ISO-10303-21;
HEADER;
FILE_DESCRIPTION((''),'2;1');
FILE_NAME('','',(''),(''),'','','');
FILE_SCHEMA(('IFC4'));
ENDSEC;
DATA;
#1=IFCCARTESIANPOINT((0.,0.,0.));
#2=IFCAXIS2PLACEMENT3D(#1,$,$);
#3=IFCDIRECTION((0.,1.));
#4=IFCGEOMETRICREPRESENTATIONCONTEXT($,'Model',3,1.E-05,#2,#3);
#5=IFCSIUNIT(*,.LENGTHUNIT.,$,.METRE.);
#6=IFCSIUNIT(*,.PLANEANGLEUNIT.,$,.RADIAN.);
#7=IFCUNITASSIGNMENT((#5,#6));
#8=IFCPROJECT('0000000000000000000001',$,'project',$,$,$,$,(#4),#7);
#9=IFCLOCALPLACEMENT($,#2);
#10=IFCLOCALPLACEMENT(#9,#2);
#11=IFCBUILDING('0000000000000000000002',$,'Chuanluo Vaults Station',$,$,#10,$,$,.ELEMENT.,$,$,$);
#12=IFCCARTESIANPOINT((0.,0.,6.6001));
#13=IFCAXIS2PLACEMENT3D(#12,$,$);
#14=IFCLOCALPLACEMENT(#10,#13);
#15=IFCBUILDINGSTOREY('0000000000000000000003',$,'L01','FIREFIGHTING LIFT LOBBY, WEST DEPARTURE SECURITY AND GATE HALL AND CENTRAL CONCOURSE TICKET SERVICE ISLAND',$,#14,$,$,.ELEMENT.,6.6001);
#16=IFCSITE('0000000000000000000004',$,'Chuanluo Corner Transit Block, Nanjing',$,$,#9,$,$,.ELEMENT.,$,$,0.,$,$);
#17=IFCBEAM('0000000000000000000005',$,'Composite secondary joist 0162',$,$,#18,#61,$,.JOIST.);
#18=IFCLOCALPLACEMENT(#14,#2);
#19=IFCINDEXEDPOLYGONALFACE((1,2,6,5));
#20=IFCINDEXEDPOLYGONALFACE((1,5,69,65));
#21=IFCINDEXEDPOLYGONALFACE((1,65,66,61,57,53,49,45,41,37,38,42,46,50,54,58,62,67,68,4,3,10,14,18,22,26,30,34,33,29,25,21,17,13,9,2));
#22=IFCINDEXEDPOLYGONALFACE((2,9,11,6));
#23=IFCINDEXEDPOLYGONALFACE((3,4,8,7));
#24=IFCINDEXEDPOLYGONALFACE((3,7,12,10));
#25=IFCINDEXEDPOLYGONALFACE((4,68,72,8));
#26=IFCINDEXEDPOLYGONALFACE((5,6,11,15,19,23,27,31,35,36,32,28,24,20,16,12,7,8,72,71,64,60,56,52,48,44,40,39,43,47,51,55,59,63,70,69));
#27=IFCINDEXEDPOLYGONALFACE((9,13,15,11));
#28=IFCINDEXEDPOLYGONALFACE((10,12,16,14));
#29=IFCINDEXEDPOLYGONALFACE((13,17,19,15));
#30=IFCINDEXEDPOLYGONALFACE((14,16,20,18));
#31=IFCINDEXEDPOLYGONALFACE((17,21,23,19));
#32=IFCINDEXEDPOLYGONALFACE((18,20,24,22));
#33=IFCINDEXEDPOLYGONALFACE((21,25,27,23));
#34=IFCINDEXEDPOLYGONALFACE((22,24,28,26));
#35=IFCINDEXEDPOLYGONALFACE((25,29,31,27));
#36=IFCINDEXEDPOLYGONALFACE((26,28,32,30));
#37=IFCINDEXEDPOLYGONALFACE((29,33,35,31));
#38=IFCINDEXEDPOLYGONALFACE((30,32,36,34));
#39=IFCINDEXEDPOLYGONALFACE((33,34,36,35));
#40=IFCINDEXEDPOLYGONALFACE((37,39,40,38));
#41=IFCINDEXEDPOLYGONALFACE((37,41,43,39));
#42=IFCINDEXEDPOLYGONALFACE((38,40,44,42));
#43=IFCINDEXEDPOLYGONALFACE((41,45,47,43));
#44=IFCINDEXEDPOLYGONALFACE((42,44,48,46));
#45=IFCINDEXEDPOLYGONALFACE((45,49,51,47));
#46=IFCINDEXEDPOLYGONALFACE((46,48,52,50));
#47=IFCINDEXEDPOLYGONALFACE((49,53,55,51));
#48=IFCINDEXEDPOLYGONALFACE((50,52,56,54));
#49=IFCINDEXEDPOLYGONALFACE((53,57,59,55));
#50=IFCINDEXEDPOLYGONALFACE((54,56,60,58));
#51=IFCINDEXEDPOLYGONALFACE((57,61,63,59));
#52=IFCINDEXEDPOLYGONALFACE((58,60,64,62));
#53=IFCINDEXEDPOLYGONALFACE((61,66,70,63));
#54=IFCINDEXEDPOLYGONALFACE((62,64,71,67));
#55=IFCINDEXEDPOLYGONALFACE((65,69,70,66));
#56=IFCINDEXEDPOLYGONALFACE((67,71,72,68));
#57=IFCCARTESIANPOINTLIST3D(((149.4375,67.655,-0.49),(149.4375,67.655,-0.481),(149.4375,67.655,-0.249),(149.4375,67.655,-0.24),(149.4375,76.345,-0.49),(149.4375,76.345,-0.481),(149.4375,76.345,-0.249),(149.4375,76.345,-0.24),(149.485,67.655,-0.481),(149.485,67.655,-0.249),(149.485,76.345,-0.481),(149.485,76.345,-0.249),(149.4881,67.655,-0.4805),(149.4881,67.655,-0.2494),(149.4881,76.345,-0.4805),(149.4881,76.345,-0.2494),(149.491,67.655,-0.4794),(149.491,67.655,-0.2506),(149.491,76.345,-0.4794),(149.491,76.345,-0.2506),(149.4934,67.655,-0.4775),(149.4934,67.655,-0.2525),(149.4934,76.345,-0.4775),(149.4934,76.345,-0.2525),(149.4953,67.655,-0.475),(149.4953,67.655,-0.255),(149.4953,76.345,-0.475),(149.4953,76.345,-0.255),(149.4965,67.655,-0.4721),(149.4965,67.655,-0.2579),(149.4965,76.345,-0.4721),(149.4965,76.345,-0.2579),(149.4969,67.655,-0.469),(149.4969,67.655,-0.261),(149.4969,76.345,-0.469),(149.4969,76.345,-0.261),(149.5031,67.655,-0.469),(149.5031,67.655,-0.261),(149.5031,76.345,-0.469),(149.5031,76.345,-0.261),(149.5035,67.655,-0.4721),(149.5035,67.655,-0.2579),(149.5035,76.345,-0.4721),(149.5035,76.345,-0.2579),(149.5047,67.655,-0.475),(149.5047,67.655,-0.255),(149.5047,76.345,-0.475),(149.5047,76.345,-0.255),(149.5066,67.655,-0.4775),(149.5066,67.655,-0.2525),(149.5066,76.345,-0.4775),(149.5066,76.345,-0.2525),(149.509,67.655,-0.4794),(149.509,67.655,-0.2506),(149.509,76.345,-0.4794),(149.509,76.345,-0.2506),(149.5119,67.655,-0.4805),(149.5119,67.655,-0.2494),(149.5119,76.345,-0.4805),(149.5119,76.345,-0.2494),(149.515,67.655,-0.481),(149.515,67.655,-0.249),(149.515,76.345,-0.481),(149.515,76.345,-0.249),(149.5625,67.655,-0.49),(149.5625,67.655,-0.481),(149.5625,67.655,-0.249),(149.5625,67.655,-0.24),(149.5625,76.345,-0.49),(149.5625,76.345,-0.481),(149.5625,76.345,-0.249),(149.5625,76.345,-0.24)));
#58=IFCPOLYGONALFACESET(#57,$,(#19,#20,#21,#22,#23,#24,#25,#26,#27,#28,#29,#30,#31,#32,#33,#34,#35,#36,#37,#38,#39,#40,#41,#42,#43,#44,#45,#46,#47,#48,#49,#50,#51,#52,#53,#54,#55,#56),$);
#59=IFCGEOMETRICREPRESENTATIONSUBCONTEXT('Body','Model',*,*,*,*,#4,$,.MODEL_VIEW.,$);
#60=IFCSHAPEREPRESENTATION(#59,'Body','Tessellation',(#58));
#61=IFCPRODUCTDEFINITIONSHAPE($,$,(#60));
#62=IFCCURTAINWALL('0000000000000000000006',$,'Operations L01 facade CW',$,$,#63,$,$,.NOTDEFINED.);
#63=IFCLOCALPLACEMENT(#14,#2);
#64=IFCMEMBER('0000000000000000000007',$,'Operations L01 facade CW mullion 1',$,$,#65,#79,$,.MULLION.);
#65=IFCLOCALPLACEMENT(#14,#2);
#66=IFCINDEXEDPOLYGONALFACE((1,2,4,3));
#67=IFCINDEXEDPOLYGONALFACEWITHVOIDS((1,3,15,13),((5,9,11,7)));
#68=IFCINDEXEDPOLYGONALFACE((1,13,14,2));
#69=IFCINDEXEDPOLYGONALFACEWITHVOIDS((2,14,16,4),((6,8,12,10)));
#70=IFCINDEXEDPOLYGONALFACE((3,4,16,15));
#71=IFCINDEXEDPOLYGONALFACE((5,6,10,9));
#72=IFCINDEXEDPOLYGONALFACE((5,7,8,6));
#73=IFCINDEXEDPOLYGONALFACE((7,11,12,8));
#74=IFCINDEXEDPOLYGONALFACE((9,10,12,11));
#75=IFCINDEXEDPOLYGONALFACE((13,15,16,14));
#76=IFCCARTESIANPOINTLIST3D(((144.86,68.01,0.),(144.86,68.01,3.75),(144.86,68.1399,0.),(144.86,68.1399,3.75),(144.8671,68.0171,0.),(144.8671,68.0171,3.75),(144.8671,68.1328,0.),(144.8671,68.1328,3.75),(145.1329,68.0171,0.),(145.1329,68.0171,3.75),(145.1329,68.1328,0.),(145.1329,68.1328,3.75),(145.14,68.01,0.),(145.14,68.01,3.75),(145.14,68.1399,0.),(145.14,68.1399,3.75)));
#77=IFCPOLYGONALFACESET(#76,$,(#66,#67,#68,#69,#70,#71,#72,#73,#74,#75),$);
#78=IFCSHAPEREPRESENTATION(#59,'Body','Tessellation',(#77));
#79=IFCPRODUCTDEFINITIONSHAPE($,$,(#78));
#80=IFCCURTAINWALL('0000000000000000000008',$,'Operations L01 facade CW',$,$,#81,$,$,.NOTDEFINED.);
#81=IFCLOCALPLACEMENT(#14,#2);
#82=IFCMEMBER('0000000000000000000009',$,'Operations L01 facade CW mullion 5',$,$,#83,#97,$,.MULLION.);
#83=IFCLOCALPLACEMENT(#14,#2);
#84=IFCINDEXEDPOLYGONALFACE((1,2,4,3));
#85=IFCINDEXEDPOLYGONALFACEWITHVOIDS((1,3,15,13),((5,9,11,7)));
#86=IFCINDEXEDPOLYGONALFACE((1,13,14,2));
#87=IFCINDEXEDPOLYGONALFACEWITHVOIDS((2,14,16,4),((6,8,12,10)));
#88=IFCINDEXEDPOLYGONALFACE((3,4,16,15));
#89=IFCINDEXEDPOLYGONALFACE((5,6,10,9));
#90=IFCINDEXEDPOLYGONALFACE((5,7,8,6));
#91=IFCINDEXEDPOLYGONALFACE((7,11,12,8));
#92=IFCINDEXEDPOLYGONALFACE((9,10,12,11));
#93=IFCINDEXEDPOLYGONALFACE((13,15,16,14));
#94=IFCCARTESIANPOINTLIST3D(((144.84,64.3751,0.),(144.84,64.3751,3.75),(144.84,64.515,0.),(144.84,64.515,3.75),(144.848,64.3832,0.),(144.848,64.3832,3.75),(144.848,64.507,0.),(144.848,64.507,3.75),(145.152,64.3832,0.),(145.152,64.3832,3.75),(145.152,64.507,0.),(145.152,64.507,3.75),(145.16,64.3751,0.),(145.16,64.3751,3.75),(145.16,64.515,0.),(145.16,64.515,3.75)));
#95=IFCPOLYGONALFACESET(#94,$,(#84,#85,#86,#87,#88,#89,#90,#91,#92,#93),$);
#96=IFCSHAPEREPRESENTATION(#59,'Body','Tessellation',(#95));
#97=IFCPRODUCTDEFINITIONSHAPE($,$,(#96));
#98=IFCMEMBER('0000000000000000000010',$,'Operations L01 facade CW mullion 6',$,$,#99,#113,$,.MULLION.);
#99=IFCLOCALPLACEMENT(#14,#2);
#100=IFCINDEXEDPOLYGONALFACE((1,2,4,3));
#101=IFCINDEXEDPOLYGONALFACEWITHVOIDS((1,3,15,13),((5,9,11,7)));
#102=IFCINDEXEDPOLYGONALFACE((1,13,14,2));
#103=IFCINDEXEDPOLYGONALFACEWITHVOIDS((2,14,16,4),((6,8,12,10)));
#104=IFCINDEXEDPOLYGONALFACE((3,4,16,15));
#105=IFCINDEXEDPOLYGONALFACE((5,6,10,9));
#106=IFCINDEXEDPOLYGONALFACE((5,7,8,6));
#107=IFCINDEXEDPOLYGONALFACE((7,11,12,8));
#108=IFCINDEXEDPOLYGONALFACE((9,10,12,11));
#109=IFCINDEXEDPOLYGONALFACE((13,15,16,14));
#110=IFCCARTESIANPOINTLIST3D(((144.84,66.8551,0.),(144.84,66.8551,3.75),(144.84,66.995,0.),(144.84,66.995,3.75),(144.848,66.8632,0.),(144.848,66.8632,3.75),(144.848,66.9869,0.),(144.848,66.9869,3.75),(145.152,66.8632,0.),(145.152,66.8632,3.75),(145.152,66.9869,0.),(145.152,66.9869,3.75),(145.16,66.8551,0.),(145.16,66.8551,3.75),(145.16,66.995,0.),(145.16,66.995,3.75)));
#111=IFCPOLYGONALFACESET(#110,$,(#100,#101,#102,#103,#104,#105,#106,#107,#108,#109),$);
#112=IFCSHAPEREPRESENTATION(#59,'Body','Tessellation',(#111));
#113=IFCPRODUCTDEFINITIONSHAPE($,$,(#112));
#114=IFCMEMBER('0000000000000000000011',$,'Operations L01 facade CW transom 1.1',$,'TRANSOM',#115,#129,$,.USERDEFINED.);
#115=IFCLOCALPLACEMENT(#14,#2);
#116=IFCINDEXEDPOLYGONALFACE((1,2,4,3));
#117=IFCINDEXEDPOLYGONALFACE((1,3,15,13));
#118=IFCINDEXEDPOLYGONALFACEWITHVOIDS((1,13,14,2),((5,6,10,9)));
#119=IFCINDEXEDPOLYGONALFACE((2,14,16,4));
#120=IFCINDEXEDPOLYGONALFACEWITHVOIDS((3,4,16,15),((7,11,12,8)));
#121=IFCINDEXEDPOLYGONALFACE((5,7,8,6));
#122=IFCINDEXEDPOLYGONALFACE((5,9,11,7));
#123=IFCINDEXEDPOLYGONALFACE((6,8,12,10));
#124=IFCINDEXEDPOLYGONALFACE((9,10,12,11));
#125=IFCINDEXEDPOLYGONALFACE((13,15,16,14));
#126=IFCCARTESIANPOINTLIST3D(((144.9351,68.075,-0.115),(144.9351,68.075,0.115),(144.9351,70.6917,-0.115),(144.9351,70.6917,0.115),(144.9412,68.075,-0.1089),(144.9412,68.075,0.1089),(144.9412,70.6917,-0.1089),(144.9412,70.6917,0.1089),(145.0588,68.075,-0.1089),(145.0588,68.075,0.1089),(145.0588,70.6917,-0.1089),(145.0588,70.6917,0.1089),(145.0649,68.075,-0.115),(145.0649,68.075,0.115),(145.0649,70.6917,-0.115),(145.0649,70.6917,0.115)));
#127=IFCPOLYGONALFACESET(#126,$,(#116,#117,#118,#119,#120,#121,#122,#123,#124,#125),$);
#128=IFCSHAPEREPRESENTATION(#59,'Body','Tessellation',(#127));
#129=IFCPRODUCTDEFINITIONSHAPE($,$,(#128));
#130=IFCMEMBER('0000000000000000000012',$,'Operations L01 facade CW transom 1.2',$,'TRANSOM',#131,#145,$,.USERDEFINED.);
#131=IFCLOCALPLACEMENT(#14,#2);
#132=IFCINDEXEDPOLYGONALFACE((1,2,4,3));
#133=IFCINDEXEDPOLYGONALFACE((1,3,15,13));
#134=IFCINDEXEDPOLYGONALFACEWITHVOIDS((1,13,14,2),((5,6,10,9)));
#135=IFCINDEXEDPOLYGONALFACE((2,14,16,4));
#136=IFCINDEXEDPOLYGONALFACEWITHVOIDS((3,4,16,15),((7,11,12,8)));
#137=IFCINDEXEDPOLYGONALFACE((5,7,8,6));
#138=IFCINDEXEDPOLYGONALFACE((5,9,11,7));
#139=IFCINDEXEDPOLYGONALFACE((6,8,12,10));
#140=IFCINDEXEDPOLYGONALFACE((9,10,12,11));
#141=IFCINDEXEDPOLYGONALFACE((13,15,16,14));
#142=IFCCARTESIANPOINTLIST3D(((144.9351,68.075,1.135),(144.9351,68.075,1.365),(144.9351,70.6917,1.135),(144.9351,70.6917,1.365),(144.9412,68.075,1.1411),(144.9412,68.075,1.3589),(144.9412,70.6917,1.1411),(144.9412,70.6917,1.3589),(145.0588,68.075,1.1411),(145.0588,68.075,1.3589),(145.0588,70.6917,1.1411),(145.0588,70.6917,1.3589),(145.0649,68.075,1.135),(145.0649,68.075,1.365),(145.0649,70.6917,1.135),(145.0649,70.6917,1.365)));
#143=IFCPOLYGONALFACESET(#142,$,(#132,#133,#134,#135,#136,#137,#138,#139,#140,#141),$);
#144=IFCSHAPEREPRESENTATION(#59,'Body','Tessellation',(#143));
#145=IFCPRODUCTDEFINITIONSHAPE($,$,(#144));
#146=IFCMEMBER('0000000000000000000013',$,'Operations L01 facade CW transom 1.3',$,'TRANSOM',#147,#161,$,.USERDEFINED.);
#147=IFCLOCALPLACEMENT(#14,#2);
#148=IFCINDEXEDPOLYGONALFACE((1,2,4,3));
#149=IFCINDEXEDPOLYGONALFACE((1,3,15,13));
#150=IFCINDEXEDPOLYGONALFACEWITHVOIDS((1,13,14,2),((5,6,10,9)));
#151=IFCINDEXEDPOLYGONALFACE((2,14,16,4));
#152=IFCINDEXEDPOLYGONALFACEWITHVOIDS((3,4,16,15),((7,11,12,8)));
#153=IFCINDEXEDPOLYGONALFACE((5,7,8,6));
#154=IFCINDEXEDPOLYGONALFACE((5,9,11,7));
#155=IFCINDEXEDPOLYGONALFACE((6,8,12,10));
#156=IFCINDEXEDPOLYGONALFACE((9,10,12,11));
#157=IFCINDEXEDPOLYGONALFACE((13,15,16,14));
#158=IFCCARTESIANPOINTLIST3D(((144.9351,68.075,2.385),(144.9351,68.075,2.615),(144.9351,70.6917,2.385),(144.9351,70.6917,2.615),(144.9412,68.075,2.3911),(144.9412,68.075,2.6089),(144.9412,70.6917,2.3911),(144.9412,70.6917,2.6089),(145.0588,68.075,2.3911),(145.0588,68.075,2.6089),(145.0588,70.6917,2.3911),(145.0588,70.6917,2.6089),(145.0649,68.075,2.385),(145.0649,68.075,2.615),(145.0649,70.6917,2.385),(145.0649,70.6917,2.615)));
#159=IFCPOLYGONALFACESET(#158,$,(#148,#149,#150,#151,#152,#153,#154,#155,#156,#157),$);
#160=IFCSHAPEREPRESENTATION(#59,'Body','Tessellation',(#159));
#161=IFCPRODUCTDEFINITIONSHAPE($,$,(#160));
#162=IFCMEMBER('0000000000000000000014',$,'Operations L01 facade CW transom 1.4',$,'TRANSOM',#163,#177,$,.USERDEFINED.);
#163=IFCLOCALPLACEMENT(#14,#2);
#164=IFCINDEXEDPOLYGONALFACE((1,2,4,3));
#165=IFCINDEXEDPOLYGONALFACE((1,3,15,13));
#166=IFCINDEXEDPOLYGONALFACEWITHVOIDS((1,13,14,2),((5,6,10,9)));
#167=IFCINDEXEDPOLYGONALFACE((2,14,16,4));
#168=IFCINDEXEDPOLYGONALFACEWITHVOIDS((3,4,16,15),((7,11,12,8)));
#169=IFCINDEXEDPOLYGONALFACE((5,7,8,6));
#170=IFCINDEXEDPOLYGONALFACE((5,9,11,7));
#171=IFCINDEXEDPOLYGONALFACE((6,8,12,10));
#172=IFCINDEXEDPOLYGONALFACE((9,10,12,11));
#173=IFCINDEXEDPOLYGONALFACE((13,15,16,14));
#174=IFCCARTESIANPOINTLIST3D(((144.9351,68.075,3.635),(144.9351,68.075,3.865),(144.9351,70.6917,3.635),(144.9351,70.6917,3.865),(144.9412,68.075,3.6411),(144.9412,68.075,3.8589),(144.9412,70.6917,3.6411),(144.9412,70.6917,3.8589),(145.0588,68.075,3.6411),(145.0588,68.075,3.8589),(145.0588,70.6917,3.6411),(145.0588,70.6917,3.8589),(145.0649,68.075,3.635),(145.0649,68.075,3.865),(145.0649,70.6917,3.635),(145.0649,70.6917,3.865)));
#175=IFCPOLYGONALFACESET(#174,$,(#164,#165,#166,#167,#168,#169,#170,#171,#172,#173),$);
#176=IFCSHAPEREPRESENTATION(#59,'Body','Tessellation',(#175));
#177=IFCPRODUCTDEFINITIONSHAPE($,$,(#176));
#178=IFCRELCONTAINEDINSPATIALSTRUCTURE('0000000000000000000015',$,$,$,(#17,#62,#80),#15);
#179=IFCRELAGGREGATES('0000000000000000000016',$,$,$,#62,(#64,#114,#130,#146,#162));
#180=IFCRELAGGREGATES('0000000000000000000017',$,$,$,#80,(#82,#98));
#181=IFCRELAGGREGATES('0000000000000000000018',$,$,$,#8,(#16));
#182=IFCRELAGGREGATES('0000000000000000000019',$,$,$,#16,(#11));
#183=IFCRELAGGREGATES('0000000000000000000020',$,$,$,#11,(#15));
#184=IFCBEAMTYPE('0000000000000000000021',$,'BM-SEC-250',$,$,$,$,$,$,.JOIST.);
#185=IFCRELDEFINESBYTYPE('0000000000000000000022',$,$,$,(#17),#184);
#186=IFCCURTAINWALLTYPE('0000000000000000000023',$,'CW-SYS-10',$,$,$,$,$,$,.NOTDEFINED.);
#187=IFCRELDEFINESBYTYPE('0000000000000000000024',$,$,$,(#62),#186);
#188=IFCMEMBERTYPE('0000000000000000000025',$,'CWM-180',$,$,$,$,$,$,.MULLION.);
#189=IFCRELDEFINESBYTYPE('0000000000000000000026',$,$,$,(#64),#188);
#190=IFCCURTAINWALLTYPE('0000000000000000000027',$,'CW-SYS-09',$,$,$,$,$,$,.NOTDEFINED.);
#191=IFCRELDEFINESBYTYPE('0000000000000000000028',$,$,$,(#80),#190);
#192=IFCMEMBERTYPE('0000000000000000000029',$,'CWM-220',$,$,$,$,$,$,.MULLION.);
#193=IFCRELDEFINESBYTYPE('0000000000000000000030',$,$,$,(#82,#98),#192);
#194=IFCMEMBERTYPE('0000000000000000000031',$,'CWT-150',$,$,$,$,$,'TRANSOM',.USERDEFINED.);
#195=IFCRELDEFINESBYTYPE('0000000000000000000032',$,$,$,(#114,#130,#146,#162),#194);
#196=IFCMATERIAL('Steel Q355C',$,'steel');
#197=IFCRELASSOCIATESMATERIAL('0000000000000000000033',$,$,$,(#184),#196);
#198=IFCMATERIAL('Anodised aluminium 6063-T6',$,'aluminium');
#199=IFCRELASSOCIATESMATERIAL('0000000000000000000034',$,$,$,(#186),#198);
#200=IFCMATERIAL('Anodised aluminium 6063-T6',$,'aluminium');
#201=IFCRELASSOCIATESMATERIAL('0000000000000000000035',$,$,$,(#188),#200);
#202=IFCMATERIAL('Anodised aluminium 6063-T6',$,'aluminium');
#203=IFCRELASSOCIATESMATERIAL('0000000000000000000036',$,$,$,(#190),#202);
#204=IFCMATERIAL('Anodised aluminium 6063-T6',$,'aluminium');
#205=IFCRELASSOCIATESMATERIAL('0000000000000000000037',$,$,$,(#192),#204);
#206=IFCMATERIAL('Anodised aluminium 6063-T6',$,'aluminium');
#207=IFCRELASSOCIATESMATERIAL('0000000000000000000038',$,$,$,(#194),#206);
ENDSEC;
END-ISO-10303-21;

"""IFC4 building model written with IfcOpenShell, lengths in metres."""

from ifc_helpers import new_model, si_unit, direction, frame, origin, origin_2d, place, context, subcontext, project, spatial, hollow_rectangle, i_section, extrude, material, material_profile, profile_set, type_object, element, aggregate, save


model = new_model("IFC4")

# Units and contexts
model_context = context("Model", 3, precision=1e-05, world=origin(), true_north=direction((0.0, 1.0)))
body_context = subcontext(model_context, "Body", "Model", "MODEL_VIEW")
ifc_project = project(units=[si_unit("LENGTHUNIT", "METRE"), si_unit("PLANEANGLEUNIT", "RADIAN")], contexts=[model_context])

# Site, building, storey
site_placement = place(None, origin())
site = spatial("IfcSite", under=ifc_project, at=site_placement, Name="Chuanluo Corner Transit Block, Nanjing", CompositionType="ELEMENT", RefElevation=0.0)
building_placement = place(site_placement, origin())
building = spatial("IfcBuilding", under=site, at=building_placement, Name="Chuanluo Vaults Station", CompositionType="ELEMENT")
storey_placement = place(building_placement, frame((0.0, 0.0, 6.6001)))
storey = spatial("IfcBuildingStorey", under=building, at=storey_placement, Name="L01", Description="FIREFIGHTING LIFT LOBBY, WEST DEPARTURE SECURITY AND GATE HALL AND CENTRAL CONCOURSE TICKET SERVICE ISLAND", CompositionType="ELEMENT", Elevation=6.6001)

# Beam
ifc_material_1 = material(Name="Steel Q355C", Category="steel")
ifc_material_profile_1 = material_profile(ifc_material_1, i_section(OverallWidth=0.125, OverallDepth=0.25, WebThickness=0.0061, FlangeThickness=0.009, FilletRadius=0.012, at=origin_2d()))
ifc_profile_set_1 = profile_set([ifc_material_profile_1], Name="Steel Q355C")
beam_type_1 = type_object("IfcBeamType", Name="BM-SEC-250", PredefinedType="JOIST", material=ifc_profile_set_1)
for number, where, z_axis, x_axis, name in (
    (1, (149.5, 67.655, -0.365), (0.0, 1.0, 0.0), (-1.0, 0.0, 0.0), "Composite secondary joist 0162"),
):
    element("IfcBeam", number, at=place(storey_placement, frame(where, z_axis=z_axis, x_axis=x_axis)), inside=storey, type_object=beam_type_1, Name=name, PredefinedType="JOIST", context=body_context, shape_type="SweptSolid", body=[
        extrude(i_section(OverallWidth=0.125, OverallDepth=0.25, WebThickness=0.0061, FlangeThickness=0.009, FilletRadius=0.012, at=origin_2d()), origin(), (0.0, 0.0, 1.0), 8.6899),
    ])

# Curtain wall, member
ifc_material_2 = material(Name="Anodised aluminium 6063-T6", Category="aluminium")
curtain_wall_type_1 = type_object("IfcCurtainWallType", Name="CW-SYS-10", PredefinedType="NOTDEFINED", material=ifc_material_2)
curtain_wall_1_placement = place(storey_placement, origin())
curtain_wall_1 = element("IfcCurtainWall", 2, at=curtain_wall_1_placement, inside=storey, type_object=curtain_wall_type_1, Name="Operations L01 facade CW", PredefinedType="NOTDEFINED")
ifc_material_3 = material(Name="Anodised aluminium 6063-T6", Category="aluminium")
ifc_material_profile_2 = material_profile(ifc_material_3, hollow_rectangle(XDim=0.1299, YDim=0.28, WallThickness=0.0071, at=origin_2d()))
ifc_profile_set_2 = profile_set([ifc_material_profile_2], Name="Anodised aluminium 6063-T6")
member_type_1 = type_object("IfcMemberType", Name="CWM-180", PredefinedType="MULLION", material=ifc_profile_set_2)
member_1_placement = place(storey_placement, frame((145.0, 68.075, 0.0), z_axis=(0.0, 0.0, 1.0), x_axis=(0.0, 1.0, 0.0)))
member_1 = element("IfcMember", 3, at=member_1_placement, type_object=member_type_1, Name="Operations L01 facade CW mullion 1", PredefinedType="MULLION", context=body_context, shape_type="SweptSolid", body=[
    extrude(hollow_rectangle(XDim=0.1299, YDim=0.28, WallThickness=0.0071, at=origin_2d()), origin(), (0.0, 0.0, 1.0), 3.75),
])

# Curtain wall, members
ifc_material_4 = material(Name="Anodised aluminium 6063-T6", Category="aluminium")
curtain_wall_type_2 = type_object("IfcCurtainWallType", Name="CW-SYS-09", PredefinedType="NOTDEFINED", material=ifc_material_4)
curtain_wall_2_placement = place(storey_placement, origin())
curtain_wall_2 = element("IfcCurtainWall", 4, at=curtain_wall_2_placement, inside=storey, type_object=curtain_wall_type_2, Name="Operations L01 facade CW", PredefinedType="NOTDEFINED")
ifc_material_5 = material(Name="Anodised aluminium 6063-T6", Category="aluminium")
ifc_material_profile_3 = material_profile(ifc_material_5, hollow_rectangle(XDim=0.1399, YDim=0.3201, WallThickness=0.0081, at=origin_2d()))
ifc_profile_set_3 = profile_set([ifc_material_profile_3], Name="Anodised aluminium 6063-T6")
member_type_2 = type_object("IfcMemberType", Name="CWM-220", PredefinedType="MULLION", material=ifc_profile_set_3)
member_2_placement = place(storey_placement, frame((145.0, 64.4451, 0.0), z_axis=(0.0, 0.0, 1.0), x_axis=(0.0, 1.0, 0.0)))
member_2 = element("IfcMember", 5, at=member_2_placement, type_object=member_type_2, Name="Operations L01 facade CW mullion 5", PredefinedType="MULLION", context=body_context, shape_type="SweptSolid", body=[
    extrude(hollow_rectangle(XDim=0.1399, YDim=0.3201, WallThickness=0.0081, at=origin_2d()), origin(), (0.0, 0.0, 1.0), 3.75),
])
member_3_placement = place(storey_placement, frame((145.0, 66.925, 0.0), z_axis=(0.0, 0.0, 1.0), x_axis=(0.0, 1.0, 0.0)))
member_3 = element("IfcMember", 6, at=member_3_placement, type_object=member_type_2, Name="Operations L01 facade CW mullion 6", PredefinedType="MULLION", context=body_context, shape_type="SweptSolid", body=[
    extrude(hollow_rectangle(XDim=0.1399, YDim=0.3201, WallThickness=0.0081, at=origin_2d()), origin(), (0.0, 0.0, 1.0), 3.75),
])

# Members
ifc_material_6 = material(Name="Anodised aluminium 6063-T6", Category="aluminium")
ifc_material_profile_4 = material_profile(ifc_material_6, hollow_rectangle(XDim=0.1299, YDim=0.23, WallThickness=0.0061, at=origin_2d()))
ifc_profile_set_4 = profile_set([ifc_material_profile_4], Name="Anodised aluminium 6063-T6")
member_type_3 = type_object("IfcMemberType", Name="CWT-150", ElementType="TRANSOM", PredefinedType="USERDEFINED", material=ifc_profile_set_4)
member_4_placement = place(storey_placement, frame((145.0, 68.075, 0.0), z_axis=(0.0, 1.0, 0.0), x_axis=(-1.0, 0.0, 0.0)))
member_4 = element("IfcMember", 7, at=member_4_placement, type_object=member_type_3, Name="Operations L01 facade CW transom 1.1", ObjectType="TRANSOM", PredefinedType="USERDEFINED", context=body_context, shape_type="SweptSolid", body=[
    extrude(hollow_rectangle(XDim=0.1299, YDim=0.23, WallThickness=0.0061, at=origin_2d()), origin(), (0.0, 0.0, 1.0), 2.6167),
])
member_5_placement = place(storey_placement, frame((145.0, 68.075, 1.25), z_axis=(0.0, 1.0, 0.0), x_axis=(-1.0, 0.0, 0.0)))
member_5 = element("IfcMember", 8, at=member_5_placement, type_object=member_type_3, Name="Operations L01 facade CW transom 1.2", ObjectType="TRANSOM", PredefinedType="USERDEFINED", context=body_context, shape_type="SweptSolid", body=[
    extrude(hollow_rectangle(XDim=0.1299, YDim=0.23, WallThickness=0.0061, at=origin_2d()), origin(), (0.0, 0.0, 1.0), 2.6167),
])
member_6_placement = place(storey_placement, frame((145.0, 68.075, 2.5), z_axis=(0.0, 1.0, 0.0), x_axis=(-1.0, 0.0, 0.0)))
member_6 = element("IfcMember", 9, at=member_6_placement, type_object=member_type_3, Name="Operations L01 facade CW transom 1.3", ObjectType="TRANSOM", PredefinedType="USERDEFINED", context=body_context, shape_type="SweptSolid", body=[
    extrude(hollow_rectangle(XDim=0.1299, YDim=0.23, WallThickness=0.0061, at=origin_2d()), origin(), (0.0, 0.0, 1.0), 2.6167),
])
member_7_placement = place(storey_placement, frame((145.0, 68.075, 3.75), z_axis=(0.0, 1.0, 0.0), x_axis=(-1.0, 0.0, 0.0)))
member_7 = element("IfcMember", 10, at=member_7_placement, type_object=member_type_3, Name="Operations L01 facade CW transom 1.4", ObjectType="TRANSOM", PredefinedType="USERDEFINED", context=body_context, shape_type="SweptSolid", body=[
    extrude(hollow_rectangle(XDim=0.1299, YDim=0.23, WallThickness=0.0061, at=origin_2d()), origin(), (0.0, 0.0, 1.0), 2.6167),
])
aggregate(curtain_wall_1, [member_1, member_4, member_5, member_6, member_7])

aggregate(curtain_wall_2, [member_2, member_3])

save(model, "model.ifc")
